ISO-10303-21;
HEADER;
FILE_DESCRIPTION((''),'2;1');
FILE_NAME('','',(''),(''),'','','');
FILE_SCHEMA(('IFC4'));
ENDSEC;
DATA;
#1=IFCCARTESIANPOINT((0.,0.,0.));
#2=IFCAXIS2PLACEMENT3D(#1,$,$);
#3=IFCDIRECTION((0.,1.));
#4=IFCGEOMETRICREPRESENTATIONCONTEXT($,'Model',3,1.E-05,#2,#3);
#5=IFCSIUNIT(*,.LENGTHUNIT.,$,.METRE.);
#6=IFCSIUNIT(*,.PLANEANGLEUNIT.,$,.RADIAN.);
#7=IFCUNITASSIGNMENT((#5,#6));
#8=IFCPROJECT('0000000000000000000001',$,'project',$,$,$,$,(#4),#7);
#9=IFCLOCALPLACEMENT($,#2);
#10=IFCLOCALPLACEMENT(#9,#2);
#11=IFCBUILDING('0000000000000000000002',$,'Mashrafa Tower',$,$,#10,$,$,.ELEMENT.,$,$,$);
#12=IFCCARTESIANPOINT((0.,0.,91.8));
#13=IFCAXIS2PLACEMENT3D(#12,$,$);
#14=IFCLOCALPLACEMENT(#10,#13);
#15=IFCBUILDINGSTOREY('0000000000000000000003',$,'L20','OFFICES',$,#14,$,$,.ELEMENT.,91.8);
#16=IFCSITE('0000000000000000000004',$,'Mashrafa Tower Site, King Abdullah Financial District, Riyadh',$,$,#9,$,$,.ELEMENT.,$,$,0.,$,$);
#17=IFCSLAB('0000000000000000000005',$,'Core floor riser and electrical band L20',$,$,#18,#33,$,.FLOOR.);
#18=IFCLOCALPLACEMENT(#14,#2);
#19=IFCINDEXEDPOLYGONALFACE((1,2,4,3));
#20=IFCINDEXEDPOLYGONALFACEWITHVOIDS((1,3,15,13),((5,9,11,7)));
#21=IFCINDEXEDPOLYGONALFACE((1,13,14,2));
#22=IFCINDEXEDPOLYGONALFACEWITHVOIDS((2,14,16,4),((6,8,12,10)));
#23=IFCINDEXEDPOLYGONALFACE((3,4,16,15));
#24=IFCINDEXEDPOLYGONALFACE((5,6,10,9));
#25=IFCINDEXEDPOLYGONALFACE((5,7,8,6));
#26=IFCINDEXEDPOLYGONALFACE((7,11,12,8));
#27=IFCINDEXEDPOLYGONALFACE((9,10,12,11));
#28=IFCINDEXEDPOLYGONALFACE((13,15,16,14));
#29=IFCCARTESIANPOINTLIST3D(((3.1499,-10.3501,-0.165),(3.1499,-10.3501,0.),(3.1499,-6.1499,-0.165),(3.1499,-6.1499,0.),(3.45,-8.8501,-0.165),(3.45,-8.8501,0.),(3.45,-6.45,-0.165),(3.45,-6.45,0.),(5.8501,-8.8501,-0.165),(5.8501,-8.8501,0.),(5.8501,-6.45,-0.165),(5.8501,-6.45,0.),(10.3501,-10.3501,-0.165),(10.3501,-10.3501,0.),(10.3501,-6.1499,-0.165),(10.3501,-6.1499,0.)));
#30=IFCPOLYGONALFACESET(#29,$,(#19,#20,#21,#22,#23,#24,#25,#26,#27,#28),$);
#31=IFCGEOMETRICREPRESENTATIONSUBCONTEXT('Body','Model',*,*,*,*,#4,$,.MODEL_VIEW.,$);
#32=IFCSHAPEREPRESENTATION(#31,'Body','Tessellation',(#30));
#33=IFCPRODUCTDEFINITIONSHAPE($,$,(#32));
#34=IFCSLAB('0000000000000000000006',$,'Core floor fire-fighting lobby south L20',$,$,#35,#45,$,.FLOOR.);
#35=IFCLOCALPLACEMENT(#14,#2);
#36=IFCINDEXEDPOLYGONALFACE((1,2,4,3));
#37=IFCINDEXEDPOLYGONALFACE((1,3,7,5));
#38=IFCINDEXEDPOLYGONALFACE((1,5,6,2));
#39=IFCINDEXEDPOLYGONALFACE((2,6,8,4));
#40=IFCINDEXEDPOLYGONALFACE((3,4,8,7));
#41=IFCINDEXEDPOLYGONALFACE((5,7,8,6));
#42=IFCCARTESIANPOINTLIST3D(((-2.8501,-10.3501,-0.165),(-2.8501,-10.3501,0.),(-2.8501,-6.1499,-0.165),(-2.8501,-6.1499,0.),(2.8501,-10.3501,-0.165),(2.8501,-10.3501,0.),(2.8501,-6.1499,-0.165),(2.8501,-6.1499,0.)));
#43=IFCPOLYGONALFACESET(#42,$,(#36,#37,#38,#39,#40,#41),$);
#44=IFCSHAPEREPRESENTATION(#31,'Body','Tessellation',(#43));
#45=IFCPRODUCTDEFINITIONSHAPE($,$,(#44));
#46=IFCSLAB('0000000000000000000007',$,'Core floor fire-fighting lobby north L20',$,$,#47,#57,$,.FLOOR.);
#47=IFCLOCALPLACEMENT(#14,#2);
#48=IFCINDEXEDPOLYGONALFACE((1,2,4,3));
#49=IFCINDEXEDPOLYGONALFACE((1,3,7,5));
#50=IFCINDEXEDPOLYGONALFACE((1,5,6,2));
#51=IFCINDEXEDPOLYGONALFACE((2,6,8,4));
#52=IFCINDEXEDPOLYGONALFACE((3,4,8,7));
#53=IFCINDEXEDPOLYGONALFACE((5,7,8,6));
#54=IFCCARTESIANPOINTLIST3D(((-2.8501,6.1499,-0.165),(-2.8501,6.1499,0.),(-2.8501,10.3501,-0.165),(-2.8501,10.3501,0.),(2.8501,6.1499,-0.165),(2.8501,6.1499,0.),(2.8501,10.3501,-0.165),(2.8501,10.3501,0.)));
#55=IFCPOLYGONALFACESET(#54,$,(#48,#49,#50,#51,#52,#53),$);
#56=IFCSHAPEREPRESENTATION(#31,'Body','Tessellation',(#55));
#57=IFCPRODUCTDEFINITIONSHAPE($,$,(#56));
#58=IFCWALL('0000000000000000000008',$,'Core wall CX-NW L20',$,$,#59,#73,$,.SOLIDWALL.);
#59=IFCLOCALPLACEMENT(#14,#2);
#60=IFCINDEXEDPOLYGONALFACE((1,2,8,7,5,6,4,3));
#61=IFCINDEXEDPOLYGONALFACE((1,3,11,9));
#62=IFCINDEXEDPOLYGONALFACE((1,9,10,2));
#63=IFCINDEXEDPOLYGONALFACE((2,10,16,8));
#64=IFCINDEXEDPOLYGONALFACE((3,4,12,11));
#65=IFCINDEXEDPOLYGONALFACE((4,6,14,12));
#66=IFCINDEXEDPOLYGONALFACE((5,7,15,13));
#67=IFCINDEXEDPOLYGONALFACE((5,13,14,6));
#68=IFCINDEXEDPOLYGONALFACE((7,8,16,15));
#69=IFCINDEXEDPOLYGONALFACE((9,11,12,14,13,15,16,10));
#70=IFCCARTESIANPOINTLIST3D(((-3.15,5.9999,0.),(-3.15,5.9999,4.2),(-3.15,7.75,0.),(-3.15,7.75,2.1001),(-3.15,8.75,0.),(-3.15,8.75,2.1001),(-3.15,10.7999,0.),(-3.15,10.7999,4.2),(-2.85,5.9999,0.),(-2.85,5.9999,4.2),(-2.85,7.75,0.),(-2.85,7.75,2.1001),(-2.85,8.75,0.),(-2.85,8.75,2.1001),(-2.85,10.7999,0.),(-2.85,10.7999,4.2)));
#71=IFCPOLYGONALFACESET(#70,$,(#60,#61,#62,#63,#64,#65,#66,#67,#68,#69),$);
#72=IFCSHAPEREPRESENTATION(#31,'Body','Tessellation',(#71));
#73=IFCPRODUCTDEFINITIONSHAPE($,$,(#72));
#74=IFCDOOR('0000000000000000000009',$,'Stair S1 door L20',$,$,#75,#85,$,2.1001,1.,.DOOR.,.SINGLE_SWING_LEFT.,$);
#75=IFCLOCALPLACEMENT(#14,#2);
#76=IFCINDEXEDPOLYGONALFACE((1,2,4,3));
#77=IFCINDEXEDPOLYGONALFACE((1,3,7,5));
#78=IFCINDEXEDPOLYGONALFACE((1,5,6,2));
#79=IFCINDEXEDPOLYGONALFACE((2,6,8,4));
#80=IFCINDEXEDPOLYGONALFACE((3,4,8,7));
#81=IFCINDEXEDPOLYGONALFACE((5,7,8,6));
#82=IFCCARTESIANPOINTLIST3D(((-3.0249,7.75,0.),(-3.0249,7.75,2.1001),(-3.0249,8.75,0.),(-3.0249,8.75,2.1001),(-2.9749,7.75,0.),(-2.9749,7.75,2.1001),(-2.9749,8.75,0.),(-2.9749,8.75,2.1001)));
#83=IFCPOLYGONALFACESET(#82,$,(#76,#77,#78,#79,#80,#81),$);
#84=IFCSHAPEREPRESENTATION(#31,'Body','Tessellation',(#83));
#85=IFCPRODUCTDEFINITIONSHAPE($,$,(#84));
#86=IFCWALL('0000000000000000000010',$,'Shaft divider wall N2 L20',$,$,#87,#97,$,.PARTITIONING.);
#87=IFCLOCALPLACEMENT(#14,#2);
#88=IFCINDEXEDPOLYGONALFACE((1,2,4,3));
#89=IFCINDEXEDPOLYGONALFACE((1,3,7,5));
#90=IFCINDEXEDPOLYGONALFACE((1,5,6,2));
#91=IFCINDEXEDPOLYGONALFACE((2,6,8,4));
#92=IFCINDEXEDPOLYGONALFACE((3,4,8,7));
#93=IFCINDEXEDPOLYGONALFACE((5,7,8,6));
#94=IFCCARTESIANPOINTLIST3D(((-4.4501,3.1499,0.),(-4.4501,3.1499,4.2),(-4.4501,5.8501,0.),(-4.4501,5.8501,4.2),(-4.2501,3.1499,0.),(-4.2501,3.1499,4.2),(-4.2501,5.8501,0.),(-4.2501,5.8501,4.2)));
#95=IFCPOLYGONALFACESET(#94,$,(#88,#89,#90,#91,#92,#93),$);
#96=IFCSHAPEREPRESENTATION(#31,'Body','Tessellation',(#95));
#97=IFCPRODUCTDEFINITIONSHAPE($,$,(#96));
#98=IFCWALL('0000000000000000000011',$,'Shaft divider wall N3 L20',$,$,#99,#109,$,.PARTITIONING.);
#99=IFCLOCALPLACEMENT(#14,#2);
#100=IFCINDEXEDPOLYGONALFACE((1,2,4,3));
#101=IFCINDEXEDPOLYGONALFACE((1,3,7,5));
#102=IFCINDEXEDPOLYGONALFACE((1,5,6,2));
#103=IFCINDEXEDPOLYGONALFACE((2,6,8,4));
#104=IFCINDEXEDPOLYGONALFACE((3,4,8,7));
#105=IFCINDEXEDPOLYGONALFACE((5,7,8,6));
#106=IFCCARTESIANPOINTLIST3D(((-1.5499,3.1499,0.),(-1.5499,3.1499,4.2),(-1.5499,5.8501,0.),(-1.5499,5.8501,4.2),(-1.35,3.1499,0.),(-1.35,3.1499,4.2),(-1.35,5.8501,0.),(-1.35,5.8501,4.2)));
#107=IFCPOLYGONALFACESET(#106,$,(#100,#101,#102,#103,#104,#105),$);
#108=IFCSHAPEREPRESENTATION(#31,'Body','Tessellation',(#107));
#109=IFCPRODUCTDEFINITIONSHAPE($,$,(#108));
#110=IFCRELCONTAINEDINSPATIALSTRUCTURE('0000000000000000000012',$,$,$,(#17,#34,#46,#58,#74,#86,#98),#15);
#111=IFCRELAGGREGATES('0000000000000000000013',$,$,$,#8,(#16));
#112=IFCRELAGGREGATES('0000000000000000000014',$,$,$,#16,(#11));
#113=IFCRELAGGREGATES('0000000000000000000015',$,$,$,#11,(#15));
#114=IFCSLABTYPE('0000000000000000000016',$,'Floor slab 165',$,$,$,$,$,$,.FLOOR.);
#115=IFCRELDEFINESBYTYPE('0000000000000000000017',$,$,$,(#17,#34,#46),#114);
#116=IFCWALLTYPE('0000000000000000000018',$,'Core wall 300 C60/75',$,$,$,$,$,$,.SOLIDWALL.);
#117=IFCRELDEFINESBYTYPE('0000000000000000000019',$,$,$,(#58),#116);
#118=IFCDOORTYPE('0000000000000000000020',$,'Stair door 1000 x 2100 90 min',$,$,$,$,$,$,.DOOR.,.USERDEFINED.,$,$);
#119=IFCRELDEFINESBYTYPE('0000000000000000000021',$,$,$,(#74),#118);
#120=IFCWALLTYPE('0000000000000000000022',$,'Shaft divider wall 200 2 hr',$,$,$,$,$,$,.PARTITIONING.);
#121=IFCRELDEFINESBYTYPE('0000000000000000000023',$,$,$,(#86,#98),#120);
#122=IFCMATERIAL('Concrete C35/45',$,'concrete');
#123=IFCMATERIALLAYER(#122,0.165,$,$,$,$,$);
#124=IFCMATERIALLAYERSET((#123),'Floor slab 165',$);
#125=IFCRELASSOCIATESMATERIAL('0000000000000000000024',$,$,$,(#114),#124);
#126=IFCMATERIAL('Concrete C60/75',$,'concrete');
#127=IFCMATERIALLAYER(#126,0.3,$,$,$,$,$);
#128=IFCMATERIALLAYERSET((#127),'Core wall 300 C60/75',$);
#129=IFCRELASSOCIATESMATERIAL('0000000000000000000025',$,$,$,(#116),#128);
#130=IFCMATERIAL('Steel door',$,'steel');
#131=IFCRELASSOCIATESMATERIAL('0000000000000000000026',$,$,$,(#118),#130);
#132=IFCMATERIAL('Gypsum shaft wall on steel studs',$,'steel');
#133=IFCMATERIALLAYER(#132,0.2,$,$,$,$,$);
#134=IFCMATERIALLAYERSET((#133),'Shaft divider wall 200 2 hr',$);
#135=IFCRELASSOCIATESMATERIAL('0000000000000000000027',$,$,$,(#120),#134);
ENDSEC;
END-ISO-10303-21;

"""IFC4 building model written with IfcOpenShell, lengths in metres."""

from ifc_helpers import new_model, si_unit, direction, frame, frame_2d, origin, place, context, subcontext, project, spatial, polyline, rectangle, outline, extrude, material, layer, layer_set, type_object, element, fill, save


model = new_model("IFC4")

# Units and contexts
model_context = context("Model", 3, precision=1e-05, world=origin(), true_north=direction((0.0, 1.0)))
body_context = subcontext(model_context, "Body", "Model", "MODEL_VIEW")
ifc_project = project(units=[si_unit("LENGTHUNIT", "METRE"), si_unit("PLANEANGLEUNIT", "RADIAN")], contexts=[model_context])

# Site, building, storey
site_placement = place(None, origin())
site = spatial("IfcSite", under=ifc_project, at=site_placement, Name="Mashrafa Tower Site, King Abdullah Financial District, Riyadh", CompositionType="ELEMENT", RefElevation=0.0)
building_placement = place(site_placement, origin())
building = spatial("IfcBuilding", under=site, at=building_placement, Name="Mashrafa Tower", CompositionType="ELEMENT")
storey_placement = place(building_placement, frame((0.0, 0.0, 91.8)))
storey = spatial("IfcBuildingStorey", under=building, at=storey_placement, Name="L20", Description="OFFICES", CompositionType="ELEMENT", Elevation=91.8)

# Slabs
ifc_material_1 = material(Name="Concrete C35/45", Category="concrete")
ifc_layer_1 = layer(ifc_material_1, 0.165)
ifc_layer_set_1 = layer_set([ifc_layer_1], Name="Floor slab 165")
slab_type = type_object("IfcSlabType", Name="Floor slab 165", PredefinedType="FLOOR", material=ifc_layer_set_1)
slab_1_placement = place(storey_placement, frame((0.0, 0.0, -0.165)))
element("IfcSlab", 1, at=slab_1_placement, inside=storey, type_object=slab_type, Name="Core floor riser and electrical band L20", PredefinedType="FLOOR", context=body_context, shape_type="SweptSolid", body=[
    extrude(outline(polyline([(10.3501, -6.1499), (10.3501, -10.3501), (3.1499, -10.3501), (3.1499, -6.1499), (10.3501, -6.1499)]), holes=[polyline([(3.45, -8.8501), (5.8501, -8.8501), (5.8501, -6.45), (3.45, -6.45), (3.45, -8.8501)])]), origin(), (0.0, 0.0, 1.0), 0.165),
])
slab_2_placement = place(storey_placement, frame((0.0, 0.0, -0.165)))
element("IfcSlab", 2, at=slab_2_placement, inside=storey, type_object=slab_type, Name="Core floor fire-fighting lobby south L20", PredefinedType="FLOOR", context=body_context, shape_type="SweptSolid", body=[
    extrude(outline(polyline([(2.8501, -6.1499), (2.8501, -10.3501), (-2.8501, -10.3501), (-2.8501, -6.1499), (2.8501, -6.1499)])), origin(), (0.0, 0.0, 1.0), 0.165),
])
slab_3_placement = place(storey_placement, frame((0.0, 0.0, -0.165)))
element("IfcSlab", 3, at=slab_3_placement, inside=storey, type_object=slab_type, Name="Core floor fire-fighting lobby north L20", PredefinedType="FLOOR", context=body_context, shape_type="SweptSolid", body=[
    extrude(outline(polyline([(-2.8501, 10.3501), (2.8501, 10.3501), (2.8501, 6.1499), (-2.8501, 6.1499), (-2.8501, 10.3501)])), origin(), (0.0, 0.0, 1.0), 0.165),
])

# Wall, opening, door
ifc_material_2 = material(Name="Concrete C60/75", Category="concrete")
ifc_layer_2 = layer(ifc_material_2, 0.3)
ifc_layer_set_2 = layer_set([ifc_layer_2], Name="Core wall 300 C60/75")
wall_type_1 = type_object("IfcWallType", Name="Core wall 300 C60/75", PredefinedType="SOLIDWALL", material=ifc_layer_set_2)
wall_placement = place(storey_placement, frame((-3.0, 6.0, 0.0), z_axis=(0.0, 0.0, 1.0), x_axis=(0.0, 1.0, 0.0)))
wall = element("IfcWall", 4, at=wall_placement, inside=storey, type_object=wall_type_1, Name="Core wall CX-NW L20", PredefinedType="SOLIDWALL", context=body_context, shape_type="SweptSolid", body=[
    extrude(rectangle(XDim=4.8, YDim=0.3, at=frame_2d((2.3999, 0.0))), origin(), (0.0, 0.0, 1.0), 4.2),
])
opening_placement = place(wall_placement, frame((1.75, 0.0, 0.0)))
opening = element("IfcOpeningElement", 5, at=opening_placement, cuts=wall, PredefinedType="OPENING", context=body_context, shape_type="SweptSolid", body=[
    extrude(rectangle(XDim=1.0, YDim=2.1001, at=frame_2d((0.5, 1.05))), frame((0.0, 0.1599, 0.0), z_axis=(0.0, -1.0, 0.0), x_axis=(1.0, 0.0, 0.0)), (0.0, 0.0, 1.0), 0.3201),
])
ifc_material_3 = material(Name="Steel door", Category="steel")
door_type = type_object("IfcDoorType", Name="Stair door 1000 x 2100 90 min", OperationType="USERDEFINED", PredefinedType="DOOR", material=ifc_material_3)
door_placement = place(opening_placement, origin())
door = element("IfcDoor", 6, at=door_placement, inside=storey, type_object=door_type, Name="Stair S1 door L20", OperationType="SINGLE_SWING_LEFT", OverallHeight=2.1001, OverallWidth=1.0, PredefinedType="DOOR", context=body_context, shape_type="SweptSolid", body=[
    extrude(rectangle(XDim=1.0, YDim=2.1001, at=frame_2d((0.5, 1.05))), frame((0.0, 0.0249, 0.0), z_axis=(0.0, -1.0, 0.0), x_axis=(1.0, 0.0, 0.0)), (0.0, 0.0, 1.0), 0.05),
])
fill(opening, door)

# Walls
ifc_material_4 = material(Name="Gypsum shaft wall on steel studs", Category="steel")
ifc_layer_3 = layer(ifc_material_4, 0.2)
ifc_layer_set_3 = layer_set([ifc_layer_3], Name="Shaft divider wall 200 2 hr")
wall_type_2 = type_object("IfcWallType", Name="Shaft divider wall 200 2 hr", PredefinedType="PARTITIONING", material=ifc_layer_set_3)
for number, where, z_axis, x_axis, name in (
    (7, (-4.3501, 3.1499, 0.0), (0.0, 0.0, 1.0), (0.0, 1.0, 0.0), "Shaft divider wall N2 L20"),
    (8, (-1.45, 3.1499, 0.0), (0.0, 0.0, 1.0), (0.0, 1.0, 0.0), "Shaft divider wall N3 L20"),
):
    element("IfcWall", number, at=place(storey_placement, frame(where, z_axis=z_axis, x_axis=x_axis)), inside=storey, type_object=wall_type_2, Name=name, PredefinedType="PARTITIONING", context=body_context, shape_type="SweptSolid", body=[
        extrude(rectangle(XDim=2.7002, YDim=0.2, at=frame_2d((1.3501, 0.0))), origin(), (0.0, 0.0, 1.0), 4.2),
    ])

save(model, "model.ifc")
